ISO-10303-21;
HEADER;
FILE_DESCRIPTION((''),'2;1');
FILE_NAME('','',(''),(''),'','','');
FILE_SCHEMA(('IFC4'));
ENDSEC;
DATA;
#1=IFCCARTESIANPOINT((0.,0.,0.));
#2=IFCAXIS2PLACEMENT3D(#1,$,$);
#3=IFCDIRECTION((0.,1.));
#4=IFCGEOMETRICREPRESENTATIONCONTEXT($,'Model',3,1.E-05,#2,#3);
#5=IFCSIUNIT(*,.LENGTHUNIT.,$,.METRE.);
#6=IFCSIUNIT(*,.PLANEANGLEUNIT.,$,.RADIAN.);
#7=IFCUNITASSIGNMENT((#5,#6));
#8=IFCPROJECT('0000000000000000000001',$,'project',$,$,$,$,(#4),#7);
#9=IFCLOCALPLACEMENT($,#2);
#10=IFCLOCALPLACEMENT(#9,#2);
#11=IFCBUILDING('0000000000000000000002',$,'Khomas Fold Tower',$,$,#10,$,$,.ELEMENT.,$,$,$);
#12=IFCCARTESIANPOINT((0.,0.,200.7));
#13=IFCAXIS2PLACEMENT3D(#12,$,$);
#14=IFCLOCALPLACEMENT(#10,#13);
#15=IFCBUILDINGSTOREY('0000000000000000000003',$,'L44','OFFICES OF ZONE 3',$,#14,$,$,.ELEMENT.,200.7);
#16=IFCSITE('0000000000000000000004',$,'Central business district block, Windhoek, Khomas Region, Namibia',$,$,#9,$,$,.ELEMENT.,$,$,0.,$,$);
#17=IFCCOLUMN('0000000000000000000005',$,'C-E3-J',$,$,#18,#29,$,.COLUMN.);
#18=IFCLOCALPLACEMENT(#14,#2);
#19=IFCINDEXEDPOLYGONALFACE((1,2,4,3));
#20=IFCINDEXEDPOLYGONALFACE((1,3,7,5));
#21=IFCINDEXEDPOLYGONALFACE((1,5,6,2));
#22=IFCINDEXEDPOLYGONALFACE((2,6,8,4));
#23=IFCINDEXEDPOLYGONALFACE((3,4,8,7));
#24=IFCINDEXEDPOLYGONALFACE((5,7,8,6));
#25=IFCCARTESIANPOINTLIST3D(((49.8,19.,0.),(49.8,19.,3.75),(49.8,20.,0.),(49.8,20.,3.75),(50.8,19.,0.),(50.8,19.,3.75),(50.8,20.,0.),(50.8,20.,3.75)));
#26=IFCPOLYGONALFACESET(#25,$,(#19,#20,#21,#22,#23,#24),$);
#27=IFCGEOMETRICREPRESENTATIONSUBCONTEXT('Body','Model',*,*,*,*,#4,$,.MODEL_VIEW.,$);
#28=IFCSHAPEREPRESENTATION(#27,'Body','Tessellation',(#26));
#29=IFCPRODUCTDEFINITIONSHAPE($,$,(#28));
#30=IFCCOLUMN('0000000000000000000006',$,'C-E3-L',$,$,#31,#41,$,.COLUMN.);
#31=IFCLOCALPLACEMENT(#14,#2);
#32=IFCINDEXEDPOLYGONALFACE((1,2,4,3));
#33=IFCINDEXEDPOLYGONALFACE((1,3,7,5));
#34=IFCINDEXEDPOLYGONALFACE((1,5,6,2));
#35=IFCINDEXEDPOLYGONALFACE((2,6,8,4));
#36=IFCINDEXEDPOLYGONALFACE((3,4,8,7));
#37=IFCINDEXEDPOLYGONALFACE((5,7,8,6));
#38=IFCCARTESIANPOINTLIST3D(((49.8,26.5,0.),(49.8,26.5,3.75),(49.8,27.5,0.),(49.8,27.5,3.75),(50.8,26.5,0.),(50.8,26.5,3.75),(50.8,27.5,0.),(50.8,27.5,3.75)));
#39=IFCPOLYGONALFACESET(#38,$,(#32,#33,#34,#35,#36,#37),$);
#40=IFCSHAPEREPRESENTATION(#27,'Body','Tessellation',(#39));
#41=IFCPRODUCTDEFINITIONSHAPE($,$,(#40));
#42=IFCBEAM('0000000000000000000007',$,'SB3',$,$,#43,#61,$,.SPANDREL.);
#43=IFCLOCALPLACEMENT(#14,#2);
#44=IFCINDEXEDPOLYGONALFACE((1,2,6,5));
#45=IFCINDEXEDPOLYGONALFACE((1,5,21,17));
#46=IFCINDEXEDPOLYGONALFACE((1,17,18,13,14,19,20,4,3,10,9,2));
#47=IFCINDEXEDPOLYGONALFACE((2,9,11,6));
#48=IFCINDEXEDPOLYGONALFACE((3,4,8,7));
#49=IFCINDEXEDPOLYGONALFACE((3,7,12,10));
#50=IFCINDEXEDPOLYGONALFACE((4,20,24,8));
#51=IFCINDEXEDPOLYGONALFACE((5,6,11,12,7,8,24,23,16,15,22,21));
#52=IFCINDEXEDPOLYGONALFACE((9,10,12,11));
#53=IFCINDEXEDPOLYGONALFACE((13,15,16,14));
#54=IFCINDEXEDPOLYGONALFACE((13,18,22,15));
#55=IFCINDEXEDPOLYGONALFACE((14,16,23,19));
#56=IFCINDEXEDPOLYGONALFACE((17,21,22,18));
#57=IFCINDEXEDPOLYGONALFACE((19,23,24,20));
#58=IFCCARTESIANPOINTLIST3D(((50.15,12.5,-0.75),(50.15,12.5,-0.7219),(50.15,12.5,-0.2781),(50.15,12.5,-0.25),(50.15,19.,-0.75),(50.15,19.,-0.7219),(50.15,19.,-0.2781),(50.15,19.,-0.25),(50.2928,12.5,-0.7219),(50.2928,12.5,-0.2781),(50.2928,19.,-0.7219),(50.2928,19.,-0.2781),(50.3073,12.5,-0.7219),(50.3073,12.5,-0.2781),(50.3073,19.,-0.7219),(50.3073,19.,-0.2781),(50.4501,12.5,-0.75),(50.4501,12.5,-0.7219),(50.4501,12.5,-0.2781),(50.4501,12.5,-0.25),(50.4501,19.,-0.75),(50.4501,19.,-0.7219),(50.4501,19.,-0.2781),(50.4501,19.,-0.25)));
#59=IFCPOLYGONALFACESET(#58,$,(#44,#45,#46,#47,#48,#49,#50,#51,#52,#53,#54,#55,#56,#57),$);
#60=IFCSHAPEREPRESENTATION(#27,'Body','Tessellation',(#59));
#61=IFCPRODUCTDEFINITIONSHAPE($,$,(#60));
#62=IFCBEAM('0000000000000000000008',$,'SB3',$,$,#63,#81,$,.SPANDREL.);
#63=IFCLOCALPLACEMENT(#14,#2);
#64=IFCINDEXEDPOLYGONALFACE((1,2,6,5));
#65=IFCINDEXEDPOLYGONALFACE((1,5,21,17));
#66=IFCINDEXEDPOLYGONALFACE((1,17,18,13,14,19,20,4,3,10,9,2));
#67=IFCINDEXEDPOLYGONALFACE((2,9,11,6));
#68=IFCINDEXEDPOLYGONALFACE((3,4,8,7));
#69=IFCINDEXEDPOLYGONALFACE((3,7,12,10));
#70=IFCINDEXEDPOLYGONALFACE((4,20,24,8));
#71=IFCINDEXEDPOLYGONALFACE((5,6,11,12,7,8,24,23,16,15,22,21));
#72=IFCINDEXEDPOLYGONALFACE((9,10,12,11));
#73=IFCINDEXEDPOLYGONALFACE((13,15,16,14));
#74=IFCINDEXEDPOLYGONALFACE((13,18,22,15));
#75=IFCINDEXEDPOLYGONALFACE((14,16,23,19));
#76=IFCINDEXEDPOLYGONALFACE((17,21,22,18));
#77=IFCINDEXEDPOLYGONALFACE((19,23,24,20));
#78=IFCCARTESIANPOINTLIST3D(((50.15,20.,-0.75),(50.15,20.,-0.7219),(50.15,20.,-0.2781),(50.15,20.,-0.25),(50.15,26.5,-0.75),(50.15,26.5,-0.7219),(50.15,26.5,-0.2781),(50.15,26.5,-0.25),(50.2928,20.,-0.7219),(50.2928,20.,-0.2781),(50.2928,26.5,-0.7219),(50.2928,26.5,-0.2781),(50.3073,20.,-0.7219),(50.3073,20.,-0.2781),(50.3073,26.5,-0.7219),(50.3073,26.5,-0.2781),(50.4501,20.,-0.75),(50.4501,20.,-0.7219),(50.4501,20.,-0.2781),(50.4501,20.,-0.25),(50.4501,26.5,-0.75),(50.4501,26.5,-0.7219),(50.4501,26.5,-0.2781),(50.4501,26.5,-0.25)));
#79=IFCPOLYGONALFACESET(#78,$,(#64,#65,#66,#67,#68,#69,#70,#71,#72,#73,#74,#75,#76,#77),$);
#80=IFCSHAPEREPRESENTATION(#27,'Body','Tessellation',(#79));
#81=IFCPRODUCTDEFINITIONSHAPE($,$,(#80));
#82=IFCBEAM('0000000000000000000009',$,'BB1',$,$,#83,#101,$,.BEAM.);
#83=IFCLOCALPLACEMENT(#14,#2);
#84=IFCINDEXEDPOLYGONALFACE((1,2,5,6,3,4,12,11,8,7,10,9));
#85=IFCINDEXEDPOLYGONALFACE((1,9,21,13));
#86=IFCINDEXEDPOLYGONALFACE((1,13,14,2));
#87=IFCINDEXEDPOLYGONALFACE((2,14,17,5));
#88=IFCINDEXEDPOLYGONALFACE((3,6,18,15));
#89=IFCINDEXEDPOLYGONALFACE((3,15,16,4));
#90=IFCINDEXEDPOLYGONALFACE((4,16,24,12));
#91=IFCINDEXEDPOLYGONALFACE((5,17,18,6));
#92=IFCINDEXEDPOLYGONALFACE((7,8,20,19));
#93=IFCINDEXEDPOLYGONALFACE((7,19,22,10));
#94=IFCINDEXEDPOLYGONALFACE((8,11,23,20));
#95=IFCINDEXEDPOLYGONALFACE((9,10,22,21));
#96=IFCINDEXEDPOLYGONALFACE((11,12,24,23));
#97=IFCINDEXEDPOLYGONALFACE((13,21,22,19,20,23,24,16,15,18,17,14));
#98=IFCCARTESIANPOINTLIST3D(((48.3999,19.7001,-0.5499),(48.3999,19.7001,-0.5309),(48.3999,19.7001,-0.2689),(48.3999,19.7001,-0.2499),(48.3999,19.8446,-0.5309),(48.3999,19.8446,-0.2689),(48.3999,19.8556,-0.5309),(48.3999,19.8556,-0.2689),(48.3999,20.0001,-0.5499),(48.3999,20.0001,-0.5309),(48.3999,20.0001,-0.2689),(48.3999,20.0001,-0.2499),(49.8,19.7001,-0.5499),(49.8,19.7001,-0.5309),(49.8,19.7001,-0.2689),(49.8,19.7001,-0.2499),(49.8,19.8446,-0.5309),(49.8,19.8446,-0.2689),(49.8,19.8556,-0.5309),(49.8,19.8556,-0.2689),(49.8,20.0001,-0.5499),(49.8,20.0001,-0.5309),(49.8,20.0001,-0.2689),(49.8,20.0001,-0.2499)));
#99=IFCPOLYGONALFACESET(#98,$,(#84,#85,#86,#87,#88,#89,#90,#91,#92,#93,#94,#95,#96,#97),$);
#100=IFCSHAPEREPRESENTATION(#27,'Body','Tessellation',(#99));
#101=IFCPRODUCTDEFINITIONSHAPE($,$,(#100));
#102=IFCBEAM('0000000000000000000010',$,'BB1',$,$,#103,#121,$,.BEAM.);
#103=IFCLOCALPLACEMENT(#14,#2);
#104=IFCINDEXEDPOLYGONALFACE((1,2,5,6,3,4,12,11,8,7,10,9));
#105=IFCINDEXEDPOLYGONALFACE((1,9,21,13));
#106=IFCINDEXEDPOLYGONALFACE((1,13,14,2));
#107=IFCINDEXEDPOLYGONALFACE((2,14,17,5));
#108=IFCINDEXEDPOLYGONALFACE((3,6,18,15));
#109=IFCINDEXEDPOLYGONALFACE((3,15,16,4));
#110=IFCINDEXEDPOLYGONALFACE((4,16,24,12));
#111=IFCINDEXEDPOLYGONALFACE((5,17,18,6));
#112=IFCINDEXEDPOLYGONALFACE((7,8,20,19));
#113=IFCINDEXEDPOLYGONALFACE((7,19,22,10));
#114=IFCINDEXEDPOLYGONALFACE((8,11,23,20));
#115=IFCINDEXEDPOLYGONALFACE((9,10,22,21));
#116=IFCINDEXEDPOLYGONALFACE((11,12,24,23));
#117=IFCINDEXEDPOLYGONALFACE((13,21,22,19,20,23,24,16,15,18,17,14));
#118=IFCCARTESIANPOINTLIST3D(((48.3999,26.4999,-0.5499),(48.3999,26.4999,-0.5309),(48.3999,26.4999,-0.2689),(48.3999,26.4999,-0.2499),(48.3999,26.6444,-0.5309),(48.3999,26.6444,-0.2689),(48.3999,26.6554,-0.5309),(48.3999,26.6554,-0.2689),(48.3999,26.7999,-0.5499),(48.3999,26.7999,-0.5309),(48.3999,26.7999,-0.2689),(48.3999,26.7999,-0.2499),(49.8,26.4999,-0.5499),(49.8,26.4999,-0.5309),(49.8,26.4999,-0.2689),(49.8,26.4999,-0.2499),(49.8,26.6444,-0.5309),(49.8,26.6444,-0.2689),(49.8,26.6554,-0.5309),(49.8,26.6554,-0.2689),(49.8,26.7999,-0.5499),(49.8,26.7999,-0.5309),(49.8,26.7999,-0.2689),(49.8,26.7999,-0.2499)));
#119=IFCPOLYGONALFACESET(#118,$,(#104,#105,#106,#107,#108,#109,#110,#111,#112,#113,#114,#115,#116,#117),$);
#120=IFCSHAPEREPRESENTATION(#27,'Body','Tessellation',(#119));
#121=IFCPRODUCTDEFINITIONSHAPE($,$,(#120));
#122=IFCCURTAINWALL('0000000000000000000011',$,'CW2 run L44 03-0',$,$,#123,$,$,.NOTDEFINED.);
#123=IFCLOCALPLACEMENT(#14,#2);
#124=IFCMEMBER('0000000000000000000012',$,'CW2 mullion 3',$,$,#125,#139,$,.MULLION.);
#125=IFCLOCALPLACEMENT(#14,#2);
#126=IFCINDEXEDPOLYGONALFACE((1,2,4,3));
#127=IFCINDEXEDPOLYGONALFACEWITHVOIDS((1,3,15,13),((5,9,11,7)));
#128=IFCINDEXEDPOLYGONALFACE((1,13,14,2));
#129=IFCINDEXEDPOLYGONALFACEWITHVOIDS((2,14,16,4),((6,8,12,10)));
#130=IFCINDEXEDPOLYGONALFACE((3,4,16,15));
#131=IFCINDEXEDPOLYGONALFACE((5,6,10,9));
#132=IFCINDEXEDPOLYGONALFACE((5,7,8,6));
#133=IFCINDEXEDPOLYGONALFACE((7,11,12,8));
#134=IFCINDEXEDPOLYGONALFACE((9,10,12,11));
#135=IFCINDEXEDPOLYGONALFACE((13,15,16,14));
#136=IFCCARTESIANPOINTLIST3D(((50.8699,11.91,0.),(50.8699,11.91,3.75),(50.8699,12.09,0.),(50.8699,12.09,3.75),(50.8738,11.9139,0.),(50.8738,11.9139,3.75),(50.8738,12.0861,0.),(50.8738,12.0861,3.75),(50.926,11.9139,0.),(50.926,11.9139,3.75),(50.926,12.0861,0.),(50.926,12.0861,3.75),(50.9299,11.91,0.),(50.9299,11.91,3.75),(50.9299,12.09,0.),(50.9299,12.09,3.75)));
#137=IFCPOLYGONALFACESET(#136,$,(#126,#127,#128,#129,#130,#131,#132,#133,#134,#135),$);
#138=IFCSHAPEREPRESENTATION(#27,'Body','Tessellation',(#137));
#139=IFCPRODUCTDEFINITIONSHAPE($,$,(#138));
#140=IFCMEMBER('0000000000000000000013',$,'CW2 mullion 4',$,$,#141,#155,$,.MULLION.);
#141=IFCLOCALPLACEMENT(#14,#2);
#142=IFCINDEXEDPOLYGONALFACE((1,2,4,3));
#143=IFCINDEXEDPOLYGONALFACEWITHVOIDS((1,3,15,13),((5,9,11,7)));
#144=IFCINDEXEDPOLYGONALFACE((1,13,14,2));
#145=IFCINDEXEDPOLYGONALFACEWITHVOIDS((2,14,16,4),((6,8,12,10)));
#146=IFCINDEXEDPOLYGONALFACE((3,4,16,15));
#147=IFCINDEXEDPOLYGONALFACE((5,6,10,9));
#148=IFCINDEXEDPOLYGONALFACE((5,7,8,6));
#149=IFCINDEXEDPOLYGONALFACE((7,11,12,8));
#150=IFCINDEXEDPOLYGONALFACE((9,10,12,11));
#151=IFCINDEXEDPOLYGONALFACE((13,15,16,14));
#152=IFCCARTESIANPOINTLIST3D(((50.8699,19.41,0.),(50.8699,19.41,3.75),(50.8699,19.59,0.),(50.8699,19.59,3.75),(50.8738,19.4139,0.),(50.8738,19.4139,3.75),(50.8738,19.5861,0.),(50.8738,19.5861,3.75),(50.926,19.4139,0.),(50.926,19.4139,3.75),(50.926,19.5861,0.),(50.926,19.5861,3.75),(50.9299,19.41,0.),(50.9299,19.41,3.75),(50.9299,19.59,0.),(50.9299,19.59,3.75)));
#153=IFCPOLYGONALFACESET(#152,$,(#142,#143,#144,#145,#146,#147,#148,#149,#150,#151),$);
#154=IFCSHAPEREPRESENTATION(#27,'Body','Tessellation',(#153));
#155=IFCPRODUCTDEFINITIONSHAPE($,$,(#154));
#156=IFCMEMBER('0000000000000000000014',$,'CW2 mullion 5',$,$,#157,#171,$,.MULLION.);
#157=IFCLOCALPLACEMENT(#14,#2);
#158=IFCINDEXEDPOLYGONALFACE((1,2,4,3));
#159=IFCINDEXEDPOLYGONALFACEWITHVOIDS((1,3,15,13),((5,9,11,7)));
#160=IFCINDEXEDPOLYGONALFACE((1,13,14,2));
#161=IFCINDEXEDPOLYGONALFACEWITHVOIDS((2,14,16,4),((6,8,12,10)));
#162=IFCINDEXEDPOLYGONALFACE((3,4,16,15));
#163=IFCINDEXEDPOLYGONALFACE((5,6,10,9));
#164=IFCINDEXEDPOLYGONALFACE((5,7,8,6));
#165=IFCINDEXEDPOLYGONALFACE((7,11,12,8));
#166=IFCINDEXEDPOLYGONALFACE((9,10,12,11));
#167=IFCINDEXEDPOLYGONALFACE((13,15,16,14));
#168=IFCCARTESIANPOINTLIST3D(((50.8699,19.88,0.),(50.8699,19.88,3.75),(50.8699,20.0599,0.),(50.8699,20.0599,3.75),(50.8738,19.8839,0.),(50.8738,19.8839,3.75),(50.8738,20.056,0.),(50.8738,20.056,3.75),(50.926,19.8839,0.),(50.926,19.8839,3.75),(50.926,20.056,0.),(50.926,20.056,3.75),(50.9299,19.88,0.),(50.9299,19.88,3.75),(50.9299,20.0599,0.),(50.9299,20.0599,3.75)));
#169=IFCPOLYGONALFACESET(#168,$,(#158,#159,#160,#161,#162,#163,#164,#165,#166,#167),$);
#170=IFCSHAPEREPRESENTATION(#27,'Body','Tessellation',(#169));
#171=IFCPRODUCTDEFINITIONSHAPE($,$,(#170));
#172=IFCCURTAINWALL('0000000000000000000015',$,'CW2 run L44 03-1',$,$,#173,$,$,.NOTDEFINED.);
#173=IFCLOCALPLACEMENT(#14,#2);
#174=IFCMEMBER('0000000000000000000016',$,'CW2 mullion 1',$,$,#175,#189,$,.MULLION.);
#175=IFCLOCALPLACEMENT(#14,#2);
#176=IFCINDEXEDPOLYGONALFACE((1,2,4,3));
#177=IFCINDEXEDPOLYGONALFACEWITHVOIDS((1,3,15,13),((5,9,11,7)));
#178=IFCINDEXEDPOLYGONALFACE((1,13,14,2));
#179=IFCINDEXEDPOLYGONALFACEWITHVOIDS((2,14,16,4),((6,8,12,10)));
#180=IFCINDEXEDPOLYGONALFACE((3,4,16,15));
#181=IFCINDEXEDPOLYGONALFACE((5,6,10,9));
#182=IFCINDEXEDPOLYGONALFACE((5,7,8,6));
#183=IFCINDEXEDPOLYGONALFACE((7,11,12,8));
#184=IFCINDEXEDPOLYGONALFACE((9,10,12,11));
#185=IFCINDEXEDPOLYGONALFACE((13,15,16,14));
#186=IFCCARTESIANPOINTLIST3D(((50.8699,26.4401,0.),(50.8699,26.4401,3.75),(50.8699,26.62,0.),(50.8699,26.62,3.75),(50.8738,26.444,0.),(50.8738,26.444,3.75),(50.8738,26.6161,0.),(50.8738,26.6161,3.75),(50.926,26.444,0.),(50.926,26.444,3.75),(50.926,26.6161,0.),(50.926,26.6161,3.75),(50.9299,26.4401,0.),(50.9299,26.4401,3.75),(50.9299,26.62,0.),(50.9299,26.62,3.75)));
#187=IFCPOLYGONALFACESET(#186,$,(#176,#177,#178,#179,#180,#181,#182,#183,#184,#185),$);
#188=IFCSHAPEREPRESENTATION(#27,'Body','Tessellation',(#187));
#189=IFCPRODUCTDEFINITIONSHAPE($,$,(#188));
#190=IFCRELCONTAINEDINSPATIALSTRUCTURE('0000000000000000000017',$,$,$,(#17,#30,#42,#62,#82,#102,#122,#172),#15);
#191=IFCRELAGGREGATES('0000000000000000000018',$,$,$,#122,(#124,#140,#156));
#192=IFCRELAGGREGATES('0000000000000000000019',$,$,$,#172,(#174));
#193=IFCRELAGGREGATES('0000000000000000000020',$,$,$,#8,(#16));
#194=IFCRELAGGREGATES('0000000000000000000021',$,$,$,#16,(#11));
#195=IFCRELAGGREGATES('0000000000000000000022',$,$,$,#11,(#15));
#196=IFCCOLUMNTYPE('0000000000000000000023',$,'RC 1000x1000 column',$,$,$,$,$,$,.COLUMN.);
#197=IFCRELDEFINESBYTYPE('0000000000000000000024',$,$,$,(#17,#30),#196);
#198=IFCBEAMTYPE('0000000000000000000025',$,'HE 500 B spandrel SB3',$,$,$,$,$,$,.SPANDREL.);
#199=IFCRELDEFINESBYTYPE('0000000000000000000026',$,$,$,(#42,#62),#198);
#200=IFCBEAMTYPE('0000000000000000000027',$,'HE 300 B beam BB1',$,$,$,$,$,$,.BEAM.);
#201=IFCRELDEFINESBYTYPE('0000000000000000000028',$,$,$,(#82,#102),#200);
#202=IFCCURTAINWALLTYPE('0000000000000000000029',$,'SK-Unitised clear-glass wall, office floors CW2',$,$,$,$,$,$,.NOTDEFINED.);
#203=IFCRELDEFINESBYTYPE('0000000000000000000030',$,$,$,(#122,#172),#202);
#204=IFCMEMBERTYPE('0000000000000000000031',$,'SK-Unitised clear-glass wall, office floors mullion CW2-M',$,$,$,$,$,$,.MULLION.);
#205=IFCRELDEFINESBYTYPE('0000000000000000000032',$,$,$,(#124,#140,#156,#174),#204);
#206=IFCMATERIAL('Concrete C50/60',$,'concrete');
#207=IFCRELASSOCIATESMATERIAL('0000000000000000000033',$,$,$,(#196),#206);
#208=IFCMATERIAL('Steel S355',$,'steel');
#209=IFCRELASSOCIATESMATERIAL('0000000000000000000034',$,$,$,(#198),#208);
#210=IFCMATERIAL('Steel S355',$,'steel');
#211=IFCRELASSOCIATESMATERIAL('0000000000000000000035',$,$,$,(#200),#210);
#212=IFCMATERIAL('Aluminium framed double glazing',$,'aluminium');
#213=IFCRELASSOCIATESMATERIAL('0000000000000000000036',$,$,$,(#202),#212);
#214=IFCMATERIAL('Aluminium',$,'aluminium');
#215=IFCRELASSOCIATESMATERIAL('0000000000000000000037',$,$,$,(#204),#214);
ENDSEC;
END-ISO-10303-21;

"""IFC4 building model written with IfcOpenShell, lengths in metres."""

from ifc_helpers import new_model, si_unit, direction, frame, origin, origin_2d, place, context, subcontext, project, spatial, rectangle, hollow_rectangle, i_section, extrude, source, transform, mapped, material, material_profile, profile_set, type_object, element, aggregate, save


model = new_model("IFC4")

# Units and contexts
model_context = context("Model", 3, precision=1e-05, world=origin(), true_north=direction((0.0, 1.0)))
body_context = subcontext(model_context, "Body", "Model", "MODEL_VIEW")
ifc_project = project(units=[si_unit("LENGTHUNIT", "METRE"), si_unit("PLANEANGLEUNIT", "RADIAN")], contexts=[model_context])

# Site, building, storey
site_placement = place(None, origin())
site = spatial("IfcSite", under=ifc_project, at=site_placement, Name="Central business district block, Windhoek, Khomas Region, Namibia", CompositionType="ELEMENT", RefElevation=0.0)
building_placement = place(site_placement, origin())
building = spatial("IfcBuilding", under=site, at=building_placement, Name="Khomas Fold Tower", CompositionType="ELEMENT")
storey_placement = place(building_placement, frame((0.0, 0.0, 200.7)))
storey = spatial("IfcBuildingStorey", under=building, at=storey_placement, Name="L44", Description="OFFICES OF ZONE 3", CompositionType="ELEMENT", Elevation=200.7)

# Columns
ifc_material_1 = material(Name="Concrete C50/60", Category="concrete")
ifc_material_profile_1 = material_profile(ifc_material_1, rectangle(XDim=1.0, YDim=1.0, at=origin_2d()), Name="RC 1000x1000")
ifc_profile_set_1 = profile_set([ifc_material_profile_1], Name="Concrete C50/60")
column_type = type_object("IfcColumnType", Name="RC 1000x1000 column", PredefinedType="COLUMN", material=ifc_profile_set_1)
shared_shape_1 = source(origin(), body_context, "Body", "SweptSolid", [
    extrude(rectangle(XDim=1.0, YDim=1.0, at=origin_2d()), origin(), (0.0, 0.0, 1.0), 3.75),
])
for number, where, z_axis, x_axis, name in (
    (1, (50.3, 19.5, 0.0), (0.0, 0.0, 1.0), (1.0, 0.0, 0.0), "C-E3-J"),
    (2, (50.3, 27.0, 0.0), (0.0, 0.0, 1.0), (1.0, 0.0, 0.0), "C-E3-L"),
):
    element("IfcColumn", number, at=place(storey_placement, frame(where, z_axis=z_axis, x_axis=x_axis)), inside=storey, type_object=column_type, Name=name, PredefinedType="COLUMN", context=body_context, shape_type="MappedRepresentation", body=[
        mapped(shared_shape_1, transform((0.0, 0.0, 0.0))),
    ])

# Beams
ifc_material_2 = material(Name="Steel S355", Category="steel")
ifc_material_profile_2 = material_profile(ifc_material_2, i_section(OverallWidth=0.3, OverallDepth=0.5, WebThickness=0.0144, FlangeThickness=0.0281, at=origin_2d()), Name="HE 500 B")
ifc_profile_set_2 = profile_set([ifc_material_profile_2], Name="Steel S355")
beam_type_1 = type_object("IfcBeamType", Name="HE 500 B spandrel SB3", PredefinedType="SPANDREL", material=ifc_profile_set_2)
shared_shape_2 = source(origin(), body_context, "Body", "SweptSolid", [
    extrude(i_section(OverallWidth=0.3, OverallDepth=0.5, WebThickness=0.0144, FlangeThickness=0.0281, at=origin_2d()), origin(), (0.0, 0.0, 1.0), 6.5),
])
for number, where, z_axis, x_axis, name in (
    (3, (50.3, 12.5, -0.5), (0.0, 1.0, 0.0), (-1.0, 0.0, 0.0), "SB3"),
    (4, (50.3, 20.0, -0.5), (0.0, 1.0, 0.0), (-1.0, 0.0, 0.0), "SB3"),
):
    element("IfcBeam", number, at=place(storey_placement, frame(where, z_axis=z_axis, x_axis=x_axis)), inside=storey, type_object=beam_type_1, Name=name, PredefinedType="SPANDREL", context=body_context, shape_type="MappedRepresentation", body=[
        mapped(shared_shape_2, transform((0.0, 0.0, 0.0))),
    ])
ifc_material_3 = material(Name="Steel S355", Category="steel")
ifc_material_profile_3 = material_profile(ifc_material_3, i_section(OverallWidth=0.3, OverallDepth=0.3, WebThickness=0.011, FlangeThickness=0.019, at=origin_2d()), Name="HE 300 B")
ifc_profile_set_3 = profile_set([ifc_material_profile_3], Name="Steel S355")
beam_type_2 = type_object("IfcBeamType", Name="HE 300 B beam BB1", PredefinedType="BEAM", material=ifc_profile_set_3)
shared_shape_3 = source(origin(), body_context, "Body", "SweptSolid", [
    extrude(i_section(OverallWidth=0.3, OverallDepth=0.3, WebThickness=0.011, FlangeThickness=0.019, at=origin_2d()), origin(), (0.0, 0.0, 1.0), 1.4001),
])
for number, where, z_axis, x_axis, name in (
    (5, (48.3999, 19.8501, -0.3999), (1.0, 0.0, 0.0), (0.0, 1.0, 0.0), "BB1"),
    (6, (48.3999, 26.6499, -0.3999), (1.0, 0.0, 0.0), (0.0, 1.0, 0.0), "BB1"),
):
    element("IfcBeam", number, at=place(storey_placement, frame(where, z_axis=z_axis, x_axis=x_axis)), inside=storey, type_object=beam_type_2, Name=name, PredefinedType="BEAM", context=body_context, shape_type="MappedRepresentation", body=[
        mapped(shared_shape_3, transform((0.0, 0.0, 0.0))),
    ])

# Curtain walls, members
ifc_material_4 = material(Name="Aluminium framed double glazing", Category="aluminium")
curtain_wall_type = type_object("IfcCurtainWallType", Name="SK-Unitised clear-glass wall, office floors CW2", PredefinedType="NOTDEFINED", material=ifc_material_4)
curtain_wall_1_placement = place(storey_placement, origin())
curtain_wall_1 = element("IfcCurtainWall", 7, at=curtain_wall_1_placement, inside=storey, type_object=curtain_wall_type, Name="CW2 run L44 03-0", PredefinedType="NOTDEFINED")
ifc_material_5 = material(Name="Aluminium", Category="aluminium")
ifc_material_profile_4 = material_profile(ifc_material_5, hollow_rectangle(XDim=0.0601, YDim=0.1799, WallThickness=0.0039, at=origin_2d()), Name="SK-Unitised clear-glass wall, office floors mullion CW2-M")
ifc_profile_set_4 = profile_set([ifc_material_profile_4], Name="Aluminium")
member_type_1 = type_object("IfcMemberType", Name="SK-Unitised clear-glass wall, office floors mullion CW2-M", PredefinedType="MULLION", material=ifc_profile_set_4)
shared_shape_4 = source(origin(), body_context, "Body", "SweptSolid", [
    extrude(hollow_rectangle(XDim=0.0601, YDim=0.1799, WallThickness=0.0039, at=origin_2d()), origin(), (0.0, 0.0, 1.0), 3.75),
])
member_1_placement = place(storey_placement, frame((50.8999, 12.0, 0.0), z_axis=(0.0, 0.0, 1.0), x_axis=(-1.0, 0.0, 0.0)))
member_1 = element("IfcMember", 8, at=member_1_placement, type_object=member_type_1, Name="CW2 mullion 3", PredefinedType="MULLION", context=body_context, shape_type="MappedRepresentation", body=[
    mapped(shared_shape_4, transform((0.0, 0.0, 0.0))),
])
member_2_placement = place(storey_placement, frame((50.8999, 19.5, 0.0), z_axis=(0.0, 0.0, 1.0), x_axis=(-1.0, 0.0, 0.0)))
member_2 = element("IfcMember", 9, at=member_2_placement, type_object=member_type_1, Name="CW2 mullion 4", PredefinedType="MULLION", context=body_context, shape_type="MappedRepresentation", body=[
    mapped(shared_shape_4, transform((0.0, 0.0, 0.0))),
])
member_3_placement = place(storey_placement, frame((50.8999, 19.97, 0.0), z_axis=(0.0, 0.0, 1.0), x_axis=(-1.0, 0.0, 0.0)))
member_3 = element("IfcMember", 10, at=member_3_placement, type_object=member_type_1, Name="CW2 mullion 5", PredefinedType="MULLION", context=body_context, shape_type="MappedRepresentation", body=[
    mapped(shared_shape_4, transform((0.0, 0.0, 0.0))),
])
curtain_wall_2_placement = place(storey_placement, origin())
curtain_wall_2 = element("IfcCurtainWall", 11, at=curtain_wall_2_placement, inside=storey, type_object=curtain_wall_type, Name="CW2 run L44 03-1", PredefinedType="NOTDEFINED")
member_4_placement = place(storey_placement, frame((50.8999, 26.53, 0.0), z_axis=(0.0, 0.0, 1.0), x_axis=(-1.0, 0.0, 0.0)))
member_4 = element("IfcMember", 12, at=member_4_placement, type_object=member_type_1, Name="CW2 mullion 1", PredefinedType="MULLION", context=body_context, shape_type="MappedRepresentation", body=[
    mapped(shared_shape_4, transform((0.0, 0.0, 0.0))),
])

aggregate(curtain_wall_1, [member_1, member_2, member_3])
aggregate(curtain_wall_2, [member_4])

save(model, "model.ifc")
